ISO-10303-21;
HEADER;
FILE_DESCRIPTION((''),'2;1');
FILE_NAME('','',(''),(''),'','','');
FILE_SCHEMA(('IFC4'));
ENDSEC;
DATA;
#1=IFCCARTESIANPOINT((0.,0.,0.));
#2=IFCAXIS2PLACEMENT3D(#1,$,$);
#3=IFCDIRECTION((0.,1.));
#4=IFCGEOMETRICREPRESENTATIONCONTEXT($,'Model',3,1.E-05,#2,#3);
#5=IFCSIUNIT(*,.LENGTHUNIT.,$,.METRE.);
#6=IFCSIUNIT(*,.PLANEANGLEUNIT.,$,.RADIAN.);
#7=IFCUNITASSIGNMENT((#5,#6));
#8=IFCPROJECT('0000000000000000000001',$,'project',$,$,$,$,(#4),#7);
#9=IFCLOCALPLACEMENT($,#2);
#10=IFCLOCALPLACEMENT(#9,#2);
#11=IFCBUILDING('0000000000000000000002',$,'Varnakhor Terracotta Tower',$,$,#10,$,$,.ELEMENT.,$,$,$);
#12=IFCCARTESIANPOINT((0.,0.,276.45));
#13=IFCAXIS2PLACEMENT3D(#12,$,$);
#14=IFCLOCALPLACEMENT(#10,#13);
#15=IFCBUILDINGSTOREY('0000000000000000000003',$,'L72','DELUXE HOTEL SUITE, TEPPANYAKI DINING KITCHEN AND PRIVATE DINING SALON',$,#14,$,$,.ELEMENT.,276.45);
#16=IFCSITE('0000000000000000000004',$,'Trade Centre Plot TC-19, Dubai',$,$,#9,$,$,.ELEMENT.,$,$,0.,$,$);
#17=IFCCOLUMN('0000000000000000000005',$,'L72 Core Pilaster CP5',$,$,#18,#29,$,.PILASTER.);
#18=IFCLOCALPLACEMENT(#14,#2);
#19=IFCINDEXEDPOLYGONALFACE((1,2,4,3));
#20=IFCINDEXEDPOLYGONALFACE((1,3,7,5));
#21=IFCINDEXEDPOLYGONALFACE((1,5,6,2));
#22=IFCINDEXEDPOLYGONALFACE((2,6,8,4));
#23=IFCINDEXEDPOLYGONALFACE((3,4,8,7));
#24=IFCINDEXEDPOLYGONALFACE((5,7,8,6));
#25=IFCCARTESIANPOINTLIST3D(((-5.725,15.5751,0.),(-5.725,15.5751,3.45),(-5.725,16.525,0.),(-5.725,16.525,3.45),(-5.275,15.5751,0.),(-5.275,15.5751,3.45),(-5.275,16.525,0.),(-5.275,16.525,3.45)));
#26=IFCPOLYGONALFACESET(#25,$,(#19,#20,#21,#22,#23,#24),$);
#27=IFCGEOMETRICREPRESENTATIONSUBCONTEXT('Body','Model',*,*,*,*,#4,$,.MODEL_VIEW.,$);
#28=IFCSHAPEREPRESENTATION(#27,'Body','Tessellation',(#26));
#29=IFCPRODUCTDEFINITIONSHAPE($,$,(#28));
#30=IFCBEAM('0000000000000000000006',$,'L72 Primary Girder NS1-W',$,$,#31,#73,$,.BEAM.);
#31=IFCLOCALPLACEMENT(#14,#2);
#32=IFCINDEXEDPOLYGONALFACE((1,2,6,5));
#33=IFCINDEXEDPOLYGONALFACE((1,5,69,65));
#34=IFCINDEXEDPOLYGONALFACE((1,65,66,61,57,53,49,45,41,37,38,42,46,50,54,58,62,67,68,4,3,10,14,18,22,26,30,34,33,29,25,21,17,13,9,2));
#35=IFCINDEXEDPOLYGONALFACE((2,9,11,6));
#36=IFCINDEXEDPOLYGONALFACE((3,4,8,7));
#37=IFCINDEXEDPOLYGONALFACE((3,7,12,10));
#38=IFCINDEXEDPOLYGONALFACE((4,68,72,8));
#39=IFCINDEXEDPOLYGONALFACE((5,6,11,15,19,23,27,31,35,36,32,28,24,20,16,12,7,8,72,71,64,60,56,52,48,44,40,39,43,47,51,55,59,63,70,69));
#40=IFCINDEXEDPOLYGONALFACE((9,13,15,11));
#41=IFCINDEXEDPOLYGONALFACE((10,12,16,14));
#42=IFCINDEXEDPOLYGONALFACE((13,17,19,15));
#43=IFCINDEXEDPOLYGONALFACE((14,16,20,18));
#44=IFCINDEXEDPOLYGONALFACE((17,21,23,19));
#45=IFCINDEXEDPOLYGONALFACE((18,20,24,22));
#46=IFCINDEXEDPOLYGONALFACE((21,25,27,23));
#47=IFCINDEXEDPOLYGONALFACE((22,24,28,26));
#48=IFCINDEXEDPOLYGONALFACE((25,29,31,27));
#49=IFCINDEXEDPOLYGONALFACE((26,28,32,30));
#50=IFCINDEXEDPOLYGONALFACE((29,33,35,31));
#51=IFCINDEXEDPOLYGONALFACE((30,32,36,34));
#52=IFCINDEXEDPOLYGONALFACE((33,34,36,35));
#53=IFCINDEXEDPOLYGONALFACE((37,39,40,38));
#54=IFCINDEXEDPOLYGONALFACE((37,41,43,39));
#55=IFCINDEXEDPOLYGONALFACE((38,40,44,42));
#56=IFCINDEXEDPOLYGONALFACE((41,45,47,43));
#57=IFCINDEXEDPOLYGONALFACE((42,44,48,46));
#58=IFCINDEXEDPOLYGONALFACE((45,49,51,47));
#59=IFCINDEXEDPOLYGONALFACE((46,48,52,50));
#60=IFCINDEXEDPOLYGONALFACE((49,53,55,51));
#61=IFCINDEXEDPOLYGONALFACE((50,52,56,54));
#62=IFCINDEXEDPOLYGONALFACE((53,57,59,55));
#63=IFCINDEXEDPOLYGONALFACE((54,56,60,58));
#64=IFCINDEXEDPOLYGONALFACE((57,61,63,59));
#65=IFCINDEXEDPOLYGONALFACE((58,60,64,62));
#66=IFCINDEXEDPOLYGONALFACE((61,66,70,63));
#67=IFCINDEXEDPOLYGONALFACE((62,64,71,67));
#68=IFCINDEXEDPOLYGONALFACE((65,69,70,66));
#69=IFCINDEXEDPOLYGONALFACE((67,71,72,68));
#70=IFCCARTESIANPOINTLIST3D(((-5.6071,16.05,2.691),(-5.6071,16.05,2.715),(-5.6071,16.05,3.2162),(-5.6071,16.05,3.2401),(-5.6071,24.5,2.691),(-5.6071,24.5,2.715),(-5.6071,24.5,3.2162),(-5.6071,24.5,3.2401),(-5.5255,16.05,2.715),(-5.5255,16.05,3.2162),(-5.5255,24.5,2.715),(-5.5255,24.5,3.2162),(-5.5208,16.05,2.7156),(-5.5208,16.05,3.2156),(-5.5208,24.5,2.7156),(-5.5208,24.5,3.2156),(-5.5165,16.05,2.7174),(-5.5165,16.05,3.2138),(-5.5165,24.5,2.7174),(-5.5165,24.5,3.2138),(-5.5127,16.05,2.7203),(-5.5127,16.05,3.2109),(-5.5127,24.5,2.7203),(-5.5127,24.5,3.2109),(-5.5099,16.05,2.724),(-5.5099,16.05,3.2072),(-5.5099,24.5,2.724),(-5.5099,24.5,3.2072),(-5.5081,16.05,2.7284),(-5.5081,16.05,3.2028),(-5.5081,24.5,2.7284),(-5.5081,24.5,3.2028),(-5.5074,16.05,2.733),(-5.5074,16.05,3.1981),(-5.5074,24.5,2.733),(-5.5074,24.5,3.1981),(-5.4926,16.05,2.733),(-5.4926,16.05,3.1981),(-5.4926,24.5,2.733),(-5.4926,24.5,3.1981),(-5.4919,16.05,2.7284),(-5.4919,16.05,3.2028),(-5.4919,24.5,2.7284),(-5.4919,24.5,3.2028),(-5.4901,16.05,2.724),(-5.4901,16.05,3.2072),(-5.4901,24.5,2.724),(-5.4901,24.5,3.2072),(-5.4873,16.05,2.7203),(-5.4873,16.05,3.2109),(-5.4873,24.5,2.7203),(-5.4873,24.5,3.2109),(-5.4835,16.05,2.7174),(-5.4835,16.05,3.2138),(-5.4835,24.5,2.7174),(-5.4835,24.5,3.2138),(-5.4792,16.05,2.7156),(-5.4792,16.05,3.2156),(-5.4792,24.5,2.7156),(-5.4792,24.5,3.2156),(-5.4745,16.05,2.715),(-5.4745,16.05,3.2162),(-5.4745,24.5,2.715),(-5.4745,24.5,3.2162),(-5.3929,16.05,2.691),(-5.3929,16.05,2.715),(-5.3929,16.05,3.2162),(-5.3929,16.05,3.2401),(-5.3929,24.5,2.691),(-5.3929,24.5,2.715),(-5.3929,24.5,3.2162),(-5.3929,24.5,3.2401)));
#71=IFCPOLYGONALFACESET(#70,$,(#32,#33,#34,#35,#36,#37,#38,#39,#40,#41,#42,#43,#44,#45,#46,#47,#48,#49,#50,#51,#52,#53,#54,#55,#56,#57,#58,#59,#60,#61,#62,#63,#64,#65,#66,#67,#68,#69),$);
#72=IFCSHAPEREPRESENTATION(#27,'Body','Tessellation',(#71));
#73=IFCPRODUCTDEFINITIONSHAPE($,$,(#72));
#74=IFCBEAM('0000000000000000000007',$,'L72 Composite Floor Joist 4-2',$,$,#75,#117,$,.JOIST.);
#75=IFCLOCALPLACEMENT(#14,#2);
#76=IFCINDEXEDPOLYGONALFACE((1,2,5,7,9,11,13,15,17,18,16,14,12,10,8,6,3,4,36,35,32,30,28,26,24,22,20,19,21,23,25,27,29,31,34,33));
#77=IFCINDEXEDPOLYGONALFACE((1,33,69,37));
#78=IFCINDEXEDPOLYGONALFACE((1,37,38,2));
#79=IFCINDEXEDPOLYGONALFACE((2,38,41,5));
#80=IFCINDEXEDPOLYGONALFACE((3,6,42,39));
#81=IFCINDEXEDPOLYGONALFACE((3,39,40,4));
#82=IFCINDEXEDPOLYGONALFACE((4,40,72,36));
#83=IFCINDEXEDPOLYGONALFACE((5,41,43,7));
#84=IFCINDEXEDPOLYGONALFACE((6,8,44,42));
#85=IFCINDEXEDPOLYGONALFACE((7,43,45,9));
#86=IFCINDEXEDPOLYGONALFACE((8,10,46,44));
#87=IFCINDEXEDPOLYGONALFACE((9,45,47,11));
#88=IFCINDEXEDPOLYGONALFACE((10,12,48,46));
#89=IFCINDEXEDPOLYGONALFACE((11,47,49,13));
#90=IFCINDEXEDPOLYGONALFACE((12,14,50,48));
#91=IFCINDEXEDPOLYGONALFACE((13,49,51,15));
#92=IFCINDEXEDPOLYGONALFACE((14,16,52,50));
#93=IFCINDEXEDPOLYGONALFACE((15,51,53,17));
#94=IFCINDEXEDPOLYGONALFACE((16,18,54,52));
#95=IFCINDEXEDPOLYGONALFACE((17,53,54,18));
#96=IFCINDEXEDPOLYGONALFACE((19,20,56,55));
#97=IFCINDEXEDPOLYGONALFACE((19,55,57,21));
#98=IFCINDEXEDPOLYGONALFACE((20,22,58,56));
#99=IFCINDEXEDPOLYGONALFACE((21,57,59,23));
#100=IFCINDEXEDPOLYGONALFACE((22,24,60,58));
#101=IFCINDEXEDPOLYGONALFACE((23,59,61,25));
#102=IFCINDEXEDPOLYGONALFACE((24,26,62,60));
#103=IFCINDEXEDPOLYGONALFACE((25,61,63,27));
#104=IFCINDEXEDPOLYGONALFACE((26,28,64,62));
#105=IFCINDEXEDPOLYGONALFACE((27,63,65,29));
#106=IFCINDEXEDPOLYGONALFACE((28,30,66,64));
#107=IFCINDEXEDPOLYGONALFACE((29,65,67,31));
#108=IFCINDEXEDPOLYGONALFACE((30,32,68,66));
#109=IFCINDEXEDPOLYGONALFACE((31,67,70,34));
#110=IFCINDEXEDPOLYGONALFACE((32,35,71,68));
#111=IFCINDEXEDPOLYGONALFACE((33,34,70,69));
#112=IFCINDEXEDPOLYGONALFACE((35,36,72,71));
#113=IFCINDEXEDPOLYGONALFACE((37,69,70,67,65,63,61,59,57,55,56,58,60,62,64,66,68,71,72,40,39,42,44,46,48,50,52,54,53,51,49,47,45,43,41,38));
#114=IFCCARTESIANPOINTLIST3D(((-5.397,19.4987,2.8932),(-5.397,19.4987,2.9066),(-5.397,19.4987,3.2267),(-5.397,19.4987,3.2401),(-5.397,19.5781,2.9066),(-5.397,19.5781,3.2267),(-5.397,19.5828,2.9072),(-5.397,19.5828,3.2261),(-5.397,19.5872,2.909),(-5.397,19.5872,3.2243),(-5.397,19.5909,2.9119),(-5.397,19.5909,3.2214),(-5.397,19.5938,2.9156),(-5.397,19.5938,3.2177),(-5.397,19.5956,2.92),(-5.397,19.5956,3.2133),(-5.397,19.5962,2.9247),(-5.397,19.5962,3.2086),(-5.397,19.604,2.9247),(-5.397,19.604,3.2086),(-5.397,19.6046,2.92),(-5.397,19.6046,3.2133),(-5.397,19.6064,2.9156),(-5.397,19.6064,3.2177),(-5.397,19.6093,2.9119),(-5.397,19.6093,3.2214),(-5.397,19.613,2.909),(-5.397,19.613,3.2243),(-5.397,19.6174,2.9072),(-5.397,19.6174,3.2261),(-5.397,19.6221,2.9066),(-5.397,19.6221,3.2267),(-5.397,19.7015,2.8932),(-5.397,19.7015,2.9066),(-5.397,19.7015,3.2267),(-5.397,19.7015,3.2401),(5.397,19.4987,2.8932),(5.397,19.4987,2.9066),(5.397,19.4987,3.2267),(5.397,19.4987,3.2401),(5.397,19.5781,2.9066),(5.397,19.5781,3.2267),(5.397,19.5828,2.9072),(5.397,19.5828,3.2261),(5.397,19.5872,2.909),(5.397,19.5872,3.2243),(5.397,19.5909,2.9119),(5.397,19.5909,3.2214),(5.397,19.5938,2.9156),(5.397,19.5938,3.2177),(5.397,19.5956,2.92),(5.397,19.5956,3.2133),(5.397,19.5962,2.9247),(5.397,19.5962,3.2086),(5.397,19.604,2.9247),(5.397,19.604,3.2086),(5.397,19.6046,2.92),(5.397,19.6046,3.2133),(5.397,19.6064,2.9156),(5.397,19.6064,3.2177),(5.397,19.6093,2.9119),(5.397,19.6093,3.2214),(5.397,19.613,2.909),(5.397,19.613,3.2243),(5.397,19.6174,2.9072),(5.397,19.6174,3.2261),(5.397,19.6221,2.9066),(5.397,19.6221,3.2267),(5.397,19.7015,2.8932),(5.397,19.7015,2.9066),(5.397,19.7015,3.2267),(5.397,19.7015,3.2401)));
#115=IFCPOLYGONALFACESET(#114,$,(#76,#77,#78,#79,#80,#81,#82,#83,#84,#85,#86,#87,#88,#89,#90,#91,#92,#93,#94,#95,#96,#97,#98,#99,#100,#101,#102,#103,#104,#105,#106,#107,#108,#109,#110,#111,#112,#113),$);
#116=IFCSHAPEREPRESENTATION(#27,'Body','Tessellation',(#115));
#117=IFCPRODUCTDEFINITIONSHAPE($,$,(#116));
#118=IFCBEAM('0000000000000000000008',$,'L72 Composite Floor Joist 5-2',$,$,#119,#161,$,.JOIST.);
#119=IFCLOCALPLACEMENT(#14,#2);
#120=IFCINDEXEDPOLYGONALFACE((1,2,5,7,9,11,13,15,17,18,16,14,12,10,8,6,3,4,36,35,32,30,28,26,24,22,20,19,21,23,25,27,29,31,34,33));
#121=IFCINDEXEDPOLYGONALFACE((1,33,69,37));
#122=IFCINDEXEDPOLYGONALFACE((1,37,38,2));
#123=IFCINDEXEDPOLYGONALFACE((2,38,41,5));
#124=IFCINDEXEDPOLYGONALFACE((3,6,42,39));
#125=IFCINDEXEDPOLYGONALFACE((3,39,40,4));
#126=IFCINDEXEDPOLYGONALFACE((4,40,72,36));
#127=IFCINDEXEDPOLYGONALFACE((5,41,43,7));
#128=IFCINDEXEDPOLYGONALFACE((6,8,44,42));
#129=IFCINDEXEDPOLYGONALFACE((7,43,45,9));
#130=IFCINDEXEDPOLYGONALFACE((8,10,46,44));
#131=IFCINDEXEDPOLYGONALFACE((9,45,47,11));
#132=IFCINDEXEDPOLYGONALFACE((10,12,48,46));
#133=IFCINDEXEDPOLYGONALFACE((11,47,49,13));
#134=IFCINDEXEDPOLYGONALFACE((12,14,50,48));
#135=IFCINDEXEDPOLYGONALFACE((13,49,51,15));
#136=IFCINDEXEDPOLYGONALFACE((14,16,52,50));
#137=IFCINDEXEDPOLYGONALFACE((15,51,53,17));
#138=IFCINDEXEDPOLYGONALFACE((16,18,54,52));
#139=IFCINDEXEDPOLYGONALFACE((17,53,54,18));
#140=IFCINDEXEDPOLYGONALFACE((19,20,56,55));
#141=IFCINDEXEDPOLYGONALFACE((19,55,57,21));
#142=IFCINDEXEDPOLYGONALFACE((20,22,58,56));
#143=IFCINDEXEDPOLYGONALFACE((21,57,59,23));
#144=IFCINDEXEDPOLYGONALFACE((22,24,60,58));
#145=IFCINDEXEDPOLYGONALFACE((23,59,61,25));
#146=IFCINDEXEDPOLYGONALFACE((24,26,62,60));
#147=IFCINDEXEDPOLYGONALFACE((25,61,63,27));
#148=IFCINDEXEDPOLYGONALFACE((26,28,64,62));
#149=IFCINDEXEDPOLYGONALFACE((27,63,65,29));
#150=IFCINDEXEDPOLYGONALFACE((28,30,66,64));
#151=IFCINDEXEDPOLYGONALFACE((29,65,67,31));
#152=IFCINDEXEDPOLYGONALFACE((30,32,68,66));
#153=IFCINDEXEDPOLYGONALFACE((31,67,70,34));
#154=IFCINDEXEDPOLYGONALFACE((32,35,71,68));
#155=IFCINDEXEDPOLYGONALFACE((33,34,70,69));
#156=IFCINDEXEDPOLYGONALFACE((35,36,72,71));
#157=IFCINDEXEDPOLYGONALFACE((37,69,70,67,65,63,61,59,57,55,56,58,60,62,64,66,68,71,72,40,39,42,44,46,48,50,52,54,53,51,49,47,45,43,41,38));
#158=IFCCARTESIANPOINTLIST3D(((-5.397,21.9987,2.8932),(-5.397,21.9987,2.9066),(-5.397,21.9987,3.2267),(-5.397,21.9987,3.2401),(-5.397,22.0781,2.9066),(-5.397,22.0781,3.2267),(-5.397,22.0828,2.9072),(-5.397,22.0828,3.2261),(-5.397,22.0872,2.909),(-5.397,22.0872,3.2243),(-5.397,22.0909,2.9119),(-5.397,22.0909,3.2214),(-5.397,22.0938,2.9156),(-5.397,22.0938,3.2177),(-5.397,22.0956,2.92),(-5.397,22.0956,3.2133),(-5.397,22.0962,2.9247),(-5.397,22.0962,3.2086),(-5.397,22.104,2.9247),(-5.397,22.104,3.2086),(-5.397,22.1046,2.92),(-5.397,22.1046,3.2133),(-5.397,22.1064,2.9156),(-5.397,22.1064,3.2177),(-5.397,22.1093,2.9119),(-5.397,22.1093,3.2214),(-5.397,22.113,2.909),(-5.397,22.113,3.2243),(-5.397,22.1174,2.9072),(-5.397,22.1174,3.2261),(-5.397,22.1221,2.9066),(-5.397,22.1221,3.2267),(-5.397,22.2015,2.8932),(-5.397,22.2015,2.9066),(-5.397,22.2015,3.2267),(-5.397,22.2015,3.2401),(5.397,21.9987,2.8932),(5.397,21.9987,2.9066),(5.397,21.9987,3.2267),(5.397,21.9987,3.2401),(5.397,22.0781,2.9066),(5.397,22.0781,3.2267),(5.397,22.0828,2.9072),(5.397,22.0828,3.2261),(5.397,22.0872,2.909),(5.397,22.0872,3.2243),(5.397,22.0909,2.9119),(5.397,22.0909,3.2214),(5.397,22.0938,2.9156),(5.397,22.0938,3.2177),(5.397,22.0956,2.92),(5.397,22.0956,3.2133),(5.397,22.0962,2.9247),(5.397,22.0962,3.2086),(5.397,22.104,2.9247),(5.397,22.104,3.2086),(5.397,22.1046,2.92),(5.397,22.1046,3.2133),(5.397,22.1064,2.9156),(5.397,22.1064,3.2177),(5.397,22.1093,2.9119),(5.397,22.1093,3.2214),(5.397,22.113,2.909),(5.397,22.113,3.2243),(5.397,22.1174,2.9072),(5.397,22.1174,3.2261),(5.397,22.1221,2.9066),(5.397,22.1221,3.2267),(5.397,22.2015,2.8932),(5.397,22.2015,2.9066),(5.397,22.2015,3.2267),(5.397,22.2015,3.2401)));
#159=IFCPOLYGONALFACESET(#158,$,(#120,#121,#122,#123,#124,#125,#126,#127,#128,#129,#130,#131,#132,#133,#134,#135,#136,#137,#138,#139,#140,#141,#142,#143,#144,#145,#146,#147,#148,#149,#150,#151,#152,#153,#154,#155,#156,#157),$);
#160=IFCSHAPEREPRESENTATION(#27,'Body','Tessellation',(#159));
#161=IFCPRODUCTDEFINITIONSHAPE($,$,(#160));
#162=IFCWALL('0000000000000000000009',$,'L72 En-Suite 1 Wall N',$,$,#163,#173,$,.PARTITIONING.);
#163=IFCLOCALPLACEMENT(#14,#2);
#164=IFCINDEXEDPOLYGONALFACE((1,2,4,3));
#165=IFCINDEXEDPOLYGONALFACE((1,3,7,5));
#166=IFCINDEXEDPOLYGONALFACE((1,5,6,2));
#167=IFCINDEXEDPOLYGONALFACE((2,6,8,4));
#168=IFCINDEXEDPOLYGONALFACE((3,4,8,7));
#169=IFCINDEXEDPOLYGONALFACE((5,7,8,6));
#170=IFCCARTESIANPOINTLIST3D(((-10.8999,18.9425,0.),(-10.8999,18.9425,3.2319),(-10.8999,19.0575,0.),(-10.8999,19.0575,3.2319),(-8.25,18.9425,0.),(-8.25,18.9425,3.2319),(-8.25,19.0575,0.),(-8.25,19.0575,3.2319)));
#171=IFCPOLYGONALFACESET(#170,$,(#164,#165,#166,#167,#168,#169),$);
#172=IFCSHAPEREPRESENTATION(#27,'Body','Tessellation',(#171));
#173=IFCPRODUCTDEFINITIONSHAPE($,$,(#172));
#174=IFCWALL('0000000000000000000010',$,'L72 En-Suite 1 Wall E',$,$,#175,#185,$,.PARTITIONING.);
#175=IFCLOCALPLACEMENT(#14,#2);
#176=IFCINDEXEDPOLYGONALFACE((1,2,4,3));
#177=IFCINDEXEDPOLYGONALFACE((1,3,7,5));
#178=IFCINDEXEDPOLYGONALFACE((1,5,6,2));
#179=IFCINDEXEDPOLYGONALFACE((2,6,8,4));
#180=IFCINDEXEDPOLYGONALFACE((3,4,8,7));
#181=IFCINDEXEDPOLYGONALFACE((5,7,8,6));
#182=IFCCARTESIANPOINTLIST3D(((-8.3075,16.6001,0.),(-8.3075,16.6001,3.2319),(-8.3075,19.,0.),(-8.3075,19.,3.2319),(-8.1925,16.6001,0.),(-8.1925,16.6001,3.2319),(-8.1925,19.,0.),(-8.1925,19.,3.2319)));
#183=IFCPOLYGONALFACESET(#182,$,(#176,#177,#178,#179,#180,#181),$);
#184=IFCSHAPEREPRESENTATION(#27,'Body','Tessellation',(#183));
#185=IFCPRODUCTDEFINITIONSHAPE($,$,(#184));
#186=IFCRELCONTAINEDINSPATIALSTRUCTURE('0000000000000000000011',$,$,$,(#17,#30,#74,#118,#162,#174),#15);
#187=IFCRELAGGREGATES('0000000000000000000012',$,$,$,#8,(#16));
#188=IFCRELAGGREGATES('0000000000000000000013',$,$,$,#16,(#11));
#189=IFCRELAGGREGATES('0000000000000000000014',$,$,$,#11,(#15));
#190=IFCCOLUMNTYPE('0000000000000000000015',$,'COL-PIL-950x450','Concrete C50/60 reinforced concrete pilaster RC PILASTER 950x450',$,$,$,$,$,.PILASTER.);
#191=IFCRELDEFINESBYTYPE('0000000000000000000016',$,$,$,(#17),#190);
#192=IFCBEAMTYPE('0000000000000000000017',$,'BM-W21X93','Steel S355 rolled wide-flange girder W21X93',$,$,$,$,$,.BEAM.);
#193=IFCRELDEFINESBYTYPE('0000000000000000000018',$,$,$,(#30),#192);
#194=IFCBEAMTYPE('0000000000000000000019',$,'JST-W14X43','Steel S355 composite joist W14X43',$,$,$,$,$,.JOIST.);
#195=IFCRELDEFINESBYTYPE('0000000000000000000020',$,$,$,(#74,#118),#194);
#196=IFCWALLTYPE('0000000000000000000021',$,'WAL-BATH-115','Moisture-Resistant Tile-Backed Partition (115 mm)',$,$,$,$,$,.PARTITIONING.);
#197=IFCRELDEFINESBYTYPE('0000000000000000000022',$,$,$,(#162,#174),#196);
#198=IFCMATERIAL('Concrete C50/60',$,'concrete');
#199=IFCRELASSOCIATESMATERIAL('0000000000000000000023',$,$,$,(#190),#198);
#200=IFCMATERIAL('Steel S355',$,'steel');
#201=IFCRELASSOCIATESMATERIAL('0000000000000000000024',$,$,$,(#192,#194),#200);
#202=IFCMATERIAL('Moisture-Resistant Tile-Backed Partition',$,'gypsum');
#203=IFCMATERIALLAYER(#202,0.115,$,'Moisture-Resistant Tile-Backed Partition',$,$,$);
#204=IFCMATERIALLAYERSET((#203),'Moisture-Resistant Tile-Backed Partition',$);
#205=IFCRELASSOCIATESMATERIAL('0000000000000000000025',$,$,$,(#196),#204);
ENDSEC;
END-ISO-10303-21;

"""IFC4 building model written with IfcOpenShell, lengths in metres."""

from ifc_helpers import new_model, si_unit, direction, frame, frame_2d, origin, origin_2d, place, context, subcontext, project, spatial, rectangle, i_section, extrude, source, transform, mapped, material, layer, layer_set, material_profile, profile_set, type_object, type_shapes, element, save


model = new_model("IFC4")

# Units and contexts
model_context = context("Model", 3, precision=1e-05, world=origin(), true_north=direction((0.0, 1.0)))
body_context = subcontext(model_context, "Body", "Model", "MODEL_VIEW")
ifc_project = project(units=[si_unit("LENGTHUNIT", "METRE"), si_unit("PLANEANGLEUNIT", "RADIAN")], contexts=[model_context])

# Site, building, storey
site_placement = place(None, origin())
site = spatial("IfcSite", under=ifc_project, at=site_placement, Name="Trade Centre Plot TC-19, Dubai", CompositionType="ELEMENT", RefElevation=0.0)
building_placement = place(site_placement, origin())
building = spatial("IfcBuilding", under=site, at=building_placement, Name="Varnakhor Terracotta Tower", CompositionType="ELEMENT")
storey_placement = place(building_placement, frame((0.0, 0.0, 276.45)))
storey = spatial("IfcBuildingStorey", under=building, at=storey_placement, Name="L72", Description="DELUXE HOTEL SUITE, TEPPANYAKI DINING KITCHEN AND PRIVATE DINING SALON", CompositionType="ELEMENT", Elevation=276.45)

# Column
ifc_material_1 = material(Name="Concrete C50/60", Category="concrete")
ifc_material_profile_1 = material_profile(ifc_material_1, rectangle(XDim=0.45, YDim=0.95, at=origin_2d()), Name="RC PILASTER 950x450")
ifc_profile_set_1 = profile_set([ifc_material_profile_1], Name="Concrete C50/60")
column_type = type_object("IfcColumnType", Name="COL-PIL-950x450", Description="Concrete C50/60 reinforced concrete pilaster RC PILASTER 950x450", PredefinedType="PILASTER", material=ifc_profile_set_1)
shared_shape_1 = source(origin(), body_context, "Body", "SweptSolid", [
    extrude(rectangle(XDim=0.45, YDim=0.95, at=origin_2d()), origin(), (0.0, 0.0, 1.0), 3.45),
])
column_placement = place(storey_placement, frame((-5.5, 16.05, 0.0), z_axis=(0.0, 0.0, 1.0), x_axis=(1.0, 0.0, 0.0)))
element("IfcColumn", 1, at=column_placement, inside=storey, type_object=column_type, Name="L72 Core Pilaster CP5", PredefinedType="PILASTER", context=body_context, shape_type="MappedRepresentation", body=[
    mapped(shared_shape_1, transform((0.0, 0.0, 0.0), scale=1.0)),
])

# Beams
ifc_material_2 = material(Name="Steel S355", Category="steel")
ifc_material_profile_2 = material_profile(ifc_material_2, i_section(OverallWidth=0.2141, OverallDepth=0.5491, WebThickness=0.0149, FlangeThickness=0.0239, FilletRadius=0.0181, at=origin_2d()), Name="W21X93")
ifc_profile_set_2 = profile_set([ifc_material_profile_2], Name="Steel S355")
beam_type_1 = type_object("IfcBeamType", Name="BM-W21X93", Description="Steel S355 rolled wide-flange girder W21X93", PredefinedType="BEAM", material=ifc_profile_set_2)
shared_shape_2 = source(origin(), body_context, "Body", "SweptSolid", [
    extrude(i_section(OverallWidth=0.2141, OverallDepth=0.5491, WebThickness=0.0149, FlangeThickness=0.0239, FilletRadius=0.0181, at=origin_2d()), origin(), (0.0, 0.0, 1.0), 8.45),
])
type_shapes(beam_type_1, [shared_shape_2])
beam_placement = place(storey_placement, frame((-5.5, 16.05, 2.9656), z_axis=(0.0, 1.0, 0.0), x_axis=(-1.0, 0.0, 0.0)))
element("IfcBeam", 2, at=beam_placement, inside=storey, type_object=beam_type_1, Name="L72 Primary Girder NS1-W", PredefinedType="BEAM", context=body_context, shape_type="MappedRepresentation", body=[
    mapped(shared_shape_2, transform((0.0, 0.0, 0.0), scale=1.0)),
])
ifc_material_profile_3 = material_profile(ifc_material_2, i_section(OverallWidth=0.2029, OverallDepth=0.3469, WebThickness=0.0078, FlangeThickness=0.0134, FilletRadius=0.0181, at=origin_2d()), Name="W14X43")
ifc_profile_set_3 = profile_set([ifc_material_profile_3], Name="Steel S355")
beam_type_2 = type_object("IfcBeamType", Name="JST-W14X43", Description="Steel S355 composite joist W14X43", PredefinedType="JOIST", material=ifc_profile_set_3)
shared_shape_3 = source(origin(), body_context, "Body", "SweptSolid", [
    extrude(i_section(OverallWidth=0.2029, OverallDepth=0.3469, WebThickness=0.0078, FlangeThickness=0.0134, FilletRadius=0.0181, at=origin_2d()), origin(), (0.0, 0.0, 1.0), 10.7939),
])
for number, where, z_axis, x_axis, name in (
    (3, (-5.397, 19.6001, 3.0667), (1.0, 0.0, 0.0), (0.0, 1.0, 0.0), "L72 Composite Floor Joist 4-2"),
    (4, (-5.397, 22.1001, 3.0667), (1.0, 0.0, 0.0), (0.0, 1.0, 0.0), "L72 Composite Floor Joist 5-2"),
):
    element("IfcBeam", number, at=place(storey_placement, frame(where, z_axis=z_axis, x_axis=x_axis)), inside=storey, type_object=beam_type_2, Name=name, PredefinedType="JOIST", context=body_context, shape_type="MappedRepresentation", body=[
        mapped(shared_shape_3, transform((0.0, 0.0, 0.0), scale=1.0)),
    ])

# Walls
ifc_material_3 = material(Name="Moisture-Resistant Tile-Backed Partition", Category="gypsum")
ifc_layer_1 = layer(ifc_material_3, 0.115, Name="Moisture-Resistant Tile-Backed Partition")
ifc_layer_set_1 = layer_set([ifc_layer_1], Name="Moisture-Resistant Tile-Backed Partition")
wall_type_1 = type_object("IfcWallType", Name="WAL-BATH-115", Description="Moisture-Resistant Tile-Backed Partition (115 mm)", PredefinedType="PARTITIONING", material=ifc_layer_set_1)
wall_1_placement = place(storey_placement, frame((-10.8999, 19.0, 0.0), z_axis=(0.0, 0.0, 1.0), x_axis=(1.0, 0.0, 0.0)))
element("IfcWall", 5, at=wall_1_placement, inside=storey, type_object=wall_type_1, Name="L72 En-Suite 1 Wall N", PredefinedType="PARTITIONING", context=body_context, shape_type="SweptSolid", body=[
    extrude(rectangle(XDim=2.6499, YDim=0.115, at=frame_2d((1.325, 0.0))), origin(), (0.0, 0.0, 1.0), 3.2319),
])
wall_2_placement = place(storey_placement, frame((-8.25, 16.6001, 0.0), z_axis=(0.0, 0.0, 1.0), x_axis=(0.0, 1.0, 0.0)))
element("IfcWall", 6, at=wall_2_placement, inside=storey, type_object=wall_type_1, Name="L72 En-Suite 1 Wall E", PredefinedType="PARTITIONING", context=body_context, shape_type="SweptSolid", body=[
    extrude(rectangle(XDim=2.3999, YDim=0.115, at=frame_2d((1.2, 0.0))), origin(), (0.0, 0.0, 1.0), 3.2319),
])

save(model, "model.ifc")
